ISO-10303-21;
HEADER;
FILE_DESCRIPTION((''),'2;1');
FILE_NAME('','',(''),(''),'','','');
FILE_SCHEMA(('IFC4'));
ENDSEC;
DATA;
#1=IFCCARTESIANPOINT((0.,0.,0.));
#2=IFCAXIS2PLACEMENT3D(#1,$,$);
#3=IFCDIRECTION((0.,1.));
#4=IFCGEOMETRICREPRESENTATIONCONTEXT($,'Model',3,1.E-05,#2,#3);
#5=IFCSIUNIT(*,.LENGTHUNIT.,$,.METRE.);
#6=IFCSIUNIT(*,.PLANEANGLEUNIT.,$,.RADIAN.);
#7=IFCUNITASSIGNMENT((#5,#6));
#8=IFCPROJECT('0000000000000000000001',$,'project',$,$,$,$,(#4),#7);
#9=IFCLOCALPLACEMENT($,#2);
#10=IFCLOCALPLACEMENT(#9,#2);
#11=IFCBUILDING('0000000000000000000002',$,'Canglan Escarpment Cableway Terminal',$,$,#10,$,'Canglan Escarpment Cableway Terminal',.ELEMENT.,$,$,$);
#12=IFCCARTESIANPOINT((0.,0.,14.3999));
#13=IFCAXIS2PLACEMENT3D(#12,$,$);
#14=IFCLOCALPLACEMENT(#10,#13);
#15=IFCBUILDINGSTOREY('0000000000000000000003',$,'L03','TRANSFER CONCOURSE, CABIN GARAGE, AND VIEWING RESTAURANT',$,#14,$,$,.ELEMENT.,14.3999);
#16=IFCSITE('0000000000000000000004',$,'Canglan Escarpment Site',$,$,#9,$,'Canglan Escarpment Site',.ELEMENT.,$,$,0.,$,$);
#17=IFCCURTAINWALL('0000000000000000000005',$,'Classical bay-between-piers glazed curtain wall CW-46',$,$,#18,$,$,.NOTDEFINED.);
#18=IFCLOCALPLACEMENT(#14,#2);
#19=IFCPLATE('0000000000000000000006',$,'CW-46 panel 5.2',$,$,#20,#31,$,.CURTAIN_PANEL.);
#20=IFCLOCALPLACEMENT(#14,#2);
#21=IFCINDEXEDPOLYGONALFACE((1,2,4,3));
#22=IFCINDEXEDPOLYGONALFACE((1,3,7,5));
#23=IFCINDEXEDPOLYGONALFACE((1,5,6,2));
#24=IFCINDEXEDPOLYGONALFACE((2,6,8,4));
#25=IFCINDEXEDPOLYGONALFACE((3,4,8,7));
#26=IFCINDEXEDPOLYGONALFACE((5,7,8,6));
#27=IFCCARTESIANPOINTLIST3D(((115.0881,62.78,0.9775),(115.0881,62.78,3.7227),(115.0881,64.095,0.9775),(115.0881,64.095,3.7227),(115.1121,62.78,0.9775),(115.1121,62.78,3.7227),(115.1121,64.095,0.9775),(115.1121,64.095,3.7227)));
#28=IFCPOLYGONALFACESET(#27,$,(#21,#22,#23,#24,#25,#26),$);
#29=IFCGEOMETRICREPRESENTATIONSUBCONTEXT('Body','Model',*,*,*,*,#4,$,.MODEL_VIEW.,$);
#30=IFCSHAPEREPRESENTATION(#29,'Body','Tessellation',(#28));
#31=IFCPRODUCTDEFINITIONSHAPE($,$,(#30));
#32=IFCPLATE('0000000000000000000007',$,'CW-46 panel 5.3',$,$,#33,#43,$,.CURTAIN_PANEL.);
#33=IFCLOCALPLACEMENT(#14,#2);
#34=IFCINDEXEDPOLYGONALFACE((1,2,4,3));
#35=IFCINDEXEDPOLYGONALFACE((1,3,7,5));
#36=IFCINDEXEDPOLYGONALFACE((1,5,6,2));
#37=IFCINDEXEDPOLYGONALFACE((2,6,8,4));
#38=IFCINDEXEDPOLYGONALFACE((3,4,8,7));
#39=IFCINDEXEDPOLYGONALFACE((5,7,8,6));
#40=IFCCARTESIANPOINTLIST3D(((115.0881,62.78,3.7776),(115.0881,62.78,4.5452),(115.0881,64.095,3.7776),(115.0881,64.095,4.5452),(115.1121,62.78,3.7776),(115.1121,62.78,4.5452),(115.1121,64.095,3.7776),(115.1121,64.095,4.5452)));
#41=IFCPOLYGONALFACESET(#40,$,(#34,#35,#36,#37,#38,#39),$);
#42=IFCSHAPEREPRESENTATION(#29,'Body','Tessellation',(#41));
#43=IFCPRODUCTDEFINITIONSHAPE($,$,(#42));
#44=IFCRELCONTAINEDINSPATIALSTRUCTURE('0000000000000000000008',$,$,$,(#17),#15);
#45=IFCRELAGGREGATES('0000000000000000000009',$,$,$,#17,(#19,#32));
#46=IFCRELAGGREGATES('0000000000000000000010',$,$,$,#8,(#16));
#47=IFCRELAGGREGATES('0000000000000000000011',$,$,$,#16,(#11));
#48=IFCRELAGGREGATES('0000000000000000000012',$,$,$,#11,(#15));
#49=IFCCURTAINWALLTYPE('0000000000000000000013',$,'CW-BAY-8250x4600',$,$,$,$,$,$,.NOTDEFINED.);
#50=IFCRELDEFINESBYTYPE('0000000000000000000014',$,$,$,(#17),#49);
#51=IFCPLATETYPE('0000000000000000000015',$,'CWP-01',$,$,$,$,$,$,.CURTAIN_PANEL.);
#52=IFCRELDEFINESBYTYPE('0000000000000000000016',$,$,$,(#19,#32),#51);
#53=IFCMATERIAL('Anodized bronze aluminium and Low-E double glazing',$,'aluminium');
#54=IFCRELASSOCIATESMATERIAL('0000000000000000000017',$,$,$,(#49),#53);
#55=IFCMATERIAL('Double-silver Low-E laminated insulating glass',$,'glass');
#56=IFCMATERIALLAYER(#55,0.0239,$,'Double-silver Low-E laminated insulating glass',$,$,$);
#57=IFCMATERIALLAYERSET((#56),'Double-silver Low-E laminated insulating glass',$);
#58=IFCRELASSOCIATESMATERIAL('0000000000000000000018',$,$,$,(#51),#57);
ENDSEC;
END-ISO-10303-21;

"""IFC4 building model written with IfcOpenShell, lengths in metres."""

from ifc_helpers import new_model, si_unit, direction, frame, origin, origin_2d, place, context, subcontext, project, spatial, rectangle, extrude, material, layer, layer_set, type_object, element, aggregate, save


model = new_model("IFC4")

# Units and contexts
model_context = context("Model", 3, precision=1e-05, world=origin(), true_north=direction((0.0, 1.0)))
body_context = subcontext(model_context, "Body", "Model", "MODEL_VIEW")
ifc_project = project(units=[si_unit("LENGTHUNIT", "METRE"), si_unit("PLANEANGLEUNIT", "RADIAN")], contexts=[model_context])

# Site, building, storey
site_placement = place(None, origin())
site = spatial("IfcSite", under=ifc_project, at=site_placement, Name="Canglan Escarpment Site", LongName="Canglan Escarpment Site", CompositionType="ELEMENT", RefElevation=0.0)
building_placement = place(site_placement, origin())
building = spatial("IfcBuilding", under=site, at=building_placement, Name="Canglan Escarpment Cableway Terminal", LongName="Canglan Escarpment Cableway Terminal", CompositionType="ELEMENT")
storey_placement = place(building_placement, frame((0.0, 0.0, 14.3999)))
storey = spatial("IfcBuildingStorey", under=building, at=storey_placement, Name="L03", Description="TRANSFER CONCOURSE, CABIN GARAGE, AND VIEWING RESTAURANT", CompositionType="ELEMENT", Elevation=14.3999)

# Curtain wall, plates
ifc_material_1 = material(Name="Anodized bronze aluminium and Low-E double glazing", Category="aluminium")
curtain_wall_type = type_object("IfcCurtainWallType", Name="CW-BAY-8250x4600", PredefinedType="NOTDEFINED", material=ifc_material_1)
curtain_wall_placement = place(storey_placement, origin())
curtain_wall = element("IfcCurtainWall", 1, at=curtain_wall_placement, inside=storey, type_object=curtain_wall_type, Name="Classical bay-between-piers glazed curtain wall CW-46", PredefinedType="NOTDEFINED")
ifc_material_2 = material(Name="Double-silver Low-E laminated insulating glass", Category="glass")
ifc_layer = layer(ifc_material_2, 0.0239, Name="Double-silver Low-E laminated insulating glass")
ifc_layer_set = layer_set([ifc_layer], Name="Double-silver Low-E laminated insulating glass")
plate_type = type_object("IfcPlateType", Name="CWP-01", PredefinedType="CURTAIN_PANEL", material=ifc_layer_set)
plate_1_placement = place(storey_placement, frame((115.1001, 63.4375, 0.9775), z_axis=(0.0, 0.0, 1.0), x_axis=(0.0, -1.0, 0.0)))
plate_1 = element("IfcPlate", 2, at=plate_1_placement, type_object=plate_type, Name="CW-46 panel 5.2", PredefinedType="CURTAIN_PANEL", context=body_context, shape_type="SweptSolid", body=[
    extrude(rectangle(XDim=1.3149, YDim=0.0239, at=origin_2d()), origin(), (0.0, 0.0, 1.0), 2.7451),
])
plate_2_placement = place(storey_placement, frame((115.1001, 63.4375, 3.7776), z_axis=(0.0, 0.0, 1.0), x_axis=(0.0, -1.0, 0.0)))
plate_2 = element("IfcPlate", 3, at=plate_2_placement, type_object=plate_type, Name="CW-46 panel 5.3", PredefinedType="CURTAIN_PANEL", context=body_context, shape_type="SweptSolid", body=[
    extrude(rectangle(XDim=1.3149, YDim=0.0239, at=origin_2d()), origin(), (0.0, 0.0, 1.0), 0.7676),
])
aggregate(curtain_wall, [plate_1, plate_2])

save(model, "model.ifc")
